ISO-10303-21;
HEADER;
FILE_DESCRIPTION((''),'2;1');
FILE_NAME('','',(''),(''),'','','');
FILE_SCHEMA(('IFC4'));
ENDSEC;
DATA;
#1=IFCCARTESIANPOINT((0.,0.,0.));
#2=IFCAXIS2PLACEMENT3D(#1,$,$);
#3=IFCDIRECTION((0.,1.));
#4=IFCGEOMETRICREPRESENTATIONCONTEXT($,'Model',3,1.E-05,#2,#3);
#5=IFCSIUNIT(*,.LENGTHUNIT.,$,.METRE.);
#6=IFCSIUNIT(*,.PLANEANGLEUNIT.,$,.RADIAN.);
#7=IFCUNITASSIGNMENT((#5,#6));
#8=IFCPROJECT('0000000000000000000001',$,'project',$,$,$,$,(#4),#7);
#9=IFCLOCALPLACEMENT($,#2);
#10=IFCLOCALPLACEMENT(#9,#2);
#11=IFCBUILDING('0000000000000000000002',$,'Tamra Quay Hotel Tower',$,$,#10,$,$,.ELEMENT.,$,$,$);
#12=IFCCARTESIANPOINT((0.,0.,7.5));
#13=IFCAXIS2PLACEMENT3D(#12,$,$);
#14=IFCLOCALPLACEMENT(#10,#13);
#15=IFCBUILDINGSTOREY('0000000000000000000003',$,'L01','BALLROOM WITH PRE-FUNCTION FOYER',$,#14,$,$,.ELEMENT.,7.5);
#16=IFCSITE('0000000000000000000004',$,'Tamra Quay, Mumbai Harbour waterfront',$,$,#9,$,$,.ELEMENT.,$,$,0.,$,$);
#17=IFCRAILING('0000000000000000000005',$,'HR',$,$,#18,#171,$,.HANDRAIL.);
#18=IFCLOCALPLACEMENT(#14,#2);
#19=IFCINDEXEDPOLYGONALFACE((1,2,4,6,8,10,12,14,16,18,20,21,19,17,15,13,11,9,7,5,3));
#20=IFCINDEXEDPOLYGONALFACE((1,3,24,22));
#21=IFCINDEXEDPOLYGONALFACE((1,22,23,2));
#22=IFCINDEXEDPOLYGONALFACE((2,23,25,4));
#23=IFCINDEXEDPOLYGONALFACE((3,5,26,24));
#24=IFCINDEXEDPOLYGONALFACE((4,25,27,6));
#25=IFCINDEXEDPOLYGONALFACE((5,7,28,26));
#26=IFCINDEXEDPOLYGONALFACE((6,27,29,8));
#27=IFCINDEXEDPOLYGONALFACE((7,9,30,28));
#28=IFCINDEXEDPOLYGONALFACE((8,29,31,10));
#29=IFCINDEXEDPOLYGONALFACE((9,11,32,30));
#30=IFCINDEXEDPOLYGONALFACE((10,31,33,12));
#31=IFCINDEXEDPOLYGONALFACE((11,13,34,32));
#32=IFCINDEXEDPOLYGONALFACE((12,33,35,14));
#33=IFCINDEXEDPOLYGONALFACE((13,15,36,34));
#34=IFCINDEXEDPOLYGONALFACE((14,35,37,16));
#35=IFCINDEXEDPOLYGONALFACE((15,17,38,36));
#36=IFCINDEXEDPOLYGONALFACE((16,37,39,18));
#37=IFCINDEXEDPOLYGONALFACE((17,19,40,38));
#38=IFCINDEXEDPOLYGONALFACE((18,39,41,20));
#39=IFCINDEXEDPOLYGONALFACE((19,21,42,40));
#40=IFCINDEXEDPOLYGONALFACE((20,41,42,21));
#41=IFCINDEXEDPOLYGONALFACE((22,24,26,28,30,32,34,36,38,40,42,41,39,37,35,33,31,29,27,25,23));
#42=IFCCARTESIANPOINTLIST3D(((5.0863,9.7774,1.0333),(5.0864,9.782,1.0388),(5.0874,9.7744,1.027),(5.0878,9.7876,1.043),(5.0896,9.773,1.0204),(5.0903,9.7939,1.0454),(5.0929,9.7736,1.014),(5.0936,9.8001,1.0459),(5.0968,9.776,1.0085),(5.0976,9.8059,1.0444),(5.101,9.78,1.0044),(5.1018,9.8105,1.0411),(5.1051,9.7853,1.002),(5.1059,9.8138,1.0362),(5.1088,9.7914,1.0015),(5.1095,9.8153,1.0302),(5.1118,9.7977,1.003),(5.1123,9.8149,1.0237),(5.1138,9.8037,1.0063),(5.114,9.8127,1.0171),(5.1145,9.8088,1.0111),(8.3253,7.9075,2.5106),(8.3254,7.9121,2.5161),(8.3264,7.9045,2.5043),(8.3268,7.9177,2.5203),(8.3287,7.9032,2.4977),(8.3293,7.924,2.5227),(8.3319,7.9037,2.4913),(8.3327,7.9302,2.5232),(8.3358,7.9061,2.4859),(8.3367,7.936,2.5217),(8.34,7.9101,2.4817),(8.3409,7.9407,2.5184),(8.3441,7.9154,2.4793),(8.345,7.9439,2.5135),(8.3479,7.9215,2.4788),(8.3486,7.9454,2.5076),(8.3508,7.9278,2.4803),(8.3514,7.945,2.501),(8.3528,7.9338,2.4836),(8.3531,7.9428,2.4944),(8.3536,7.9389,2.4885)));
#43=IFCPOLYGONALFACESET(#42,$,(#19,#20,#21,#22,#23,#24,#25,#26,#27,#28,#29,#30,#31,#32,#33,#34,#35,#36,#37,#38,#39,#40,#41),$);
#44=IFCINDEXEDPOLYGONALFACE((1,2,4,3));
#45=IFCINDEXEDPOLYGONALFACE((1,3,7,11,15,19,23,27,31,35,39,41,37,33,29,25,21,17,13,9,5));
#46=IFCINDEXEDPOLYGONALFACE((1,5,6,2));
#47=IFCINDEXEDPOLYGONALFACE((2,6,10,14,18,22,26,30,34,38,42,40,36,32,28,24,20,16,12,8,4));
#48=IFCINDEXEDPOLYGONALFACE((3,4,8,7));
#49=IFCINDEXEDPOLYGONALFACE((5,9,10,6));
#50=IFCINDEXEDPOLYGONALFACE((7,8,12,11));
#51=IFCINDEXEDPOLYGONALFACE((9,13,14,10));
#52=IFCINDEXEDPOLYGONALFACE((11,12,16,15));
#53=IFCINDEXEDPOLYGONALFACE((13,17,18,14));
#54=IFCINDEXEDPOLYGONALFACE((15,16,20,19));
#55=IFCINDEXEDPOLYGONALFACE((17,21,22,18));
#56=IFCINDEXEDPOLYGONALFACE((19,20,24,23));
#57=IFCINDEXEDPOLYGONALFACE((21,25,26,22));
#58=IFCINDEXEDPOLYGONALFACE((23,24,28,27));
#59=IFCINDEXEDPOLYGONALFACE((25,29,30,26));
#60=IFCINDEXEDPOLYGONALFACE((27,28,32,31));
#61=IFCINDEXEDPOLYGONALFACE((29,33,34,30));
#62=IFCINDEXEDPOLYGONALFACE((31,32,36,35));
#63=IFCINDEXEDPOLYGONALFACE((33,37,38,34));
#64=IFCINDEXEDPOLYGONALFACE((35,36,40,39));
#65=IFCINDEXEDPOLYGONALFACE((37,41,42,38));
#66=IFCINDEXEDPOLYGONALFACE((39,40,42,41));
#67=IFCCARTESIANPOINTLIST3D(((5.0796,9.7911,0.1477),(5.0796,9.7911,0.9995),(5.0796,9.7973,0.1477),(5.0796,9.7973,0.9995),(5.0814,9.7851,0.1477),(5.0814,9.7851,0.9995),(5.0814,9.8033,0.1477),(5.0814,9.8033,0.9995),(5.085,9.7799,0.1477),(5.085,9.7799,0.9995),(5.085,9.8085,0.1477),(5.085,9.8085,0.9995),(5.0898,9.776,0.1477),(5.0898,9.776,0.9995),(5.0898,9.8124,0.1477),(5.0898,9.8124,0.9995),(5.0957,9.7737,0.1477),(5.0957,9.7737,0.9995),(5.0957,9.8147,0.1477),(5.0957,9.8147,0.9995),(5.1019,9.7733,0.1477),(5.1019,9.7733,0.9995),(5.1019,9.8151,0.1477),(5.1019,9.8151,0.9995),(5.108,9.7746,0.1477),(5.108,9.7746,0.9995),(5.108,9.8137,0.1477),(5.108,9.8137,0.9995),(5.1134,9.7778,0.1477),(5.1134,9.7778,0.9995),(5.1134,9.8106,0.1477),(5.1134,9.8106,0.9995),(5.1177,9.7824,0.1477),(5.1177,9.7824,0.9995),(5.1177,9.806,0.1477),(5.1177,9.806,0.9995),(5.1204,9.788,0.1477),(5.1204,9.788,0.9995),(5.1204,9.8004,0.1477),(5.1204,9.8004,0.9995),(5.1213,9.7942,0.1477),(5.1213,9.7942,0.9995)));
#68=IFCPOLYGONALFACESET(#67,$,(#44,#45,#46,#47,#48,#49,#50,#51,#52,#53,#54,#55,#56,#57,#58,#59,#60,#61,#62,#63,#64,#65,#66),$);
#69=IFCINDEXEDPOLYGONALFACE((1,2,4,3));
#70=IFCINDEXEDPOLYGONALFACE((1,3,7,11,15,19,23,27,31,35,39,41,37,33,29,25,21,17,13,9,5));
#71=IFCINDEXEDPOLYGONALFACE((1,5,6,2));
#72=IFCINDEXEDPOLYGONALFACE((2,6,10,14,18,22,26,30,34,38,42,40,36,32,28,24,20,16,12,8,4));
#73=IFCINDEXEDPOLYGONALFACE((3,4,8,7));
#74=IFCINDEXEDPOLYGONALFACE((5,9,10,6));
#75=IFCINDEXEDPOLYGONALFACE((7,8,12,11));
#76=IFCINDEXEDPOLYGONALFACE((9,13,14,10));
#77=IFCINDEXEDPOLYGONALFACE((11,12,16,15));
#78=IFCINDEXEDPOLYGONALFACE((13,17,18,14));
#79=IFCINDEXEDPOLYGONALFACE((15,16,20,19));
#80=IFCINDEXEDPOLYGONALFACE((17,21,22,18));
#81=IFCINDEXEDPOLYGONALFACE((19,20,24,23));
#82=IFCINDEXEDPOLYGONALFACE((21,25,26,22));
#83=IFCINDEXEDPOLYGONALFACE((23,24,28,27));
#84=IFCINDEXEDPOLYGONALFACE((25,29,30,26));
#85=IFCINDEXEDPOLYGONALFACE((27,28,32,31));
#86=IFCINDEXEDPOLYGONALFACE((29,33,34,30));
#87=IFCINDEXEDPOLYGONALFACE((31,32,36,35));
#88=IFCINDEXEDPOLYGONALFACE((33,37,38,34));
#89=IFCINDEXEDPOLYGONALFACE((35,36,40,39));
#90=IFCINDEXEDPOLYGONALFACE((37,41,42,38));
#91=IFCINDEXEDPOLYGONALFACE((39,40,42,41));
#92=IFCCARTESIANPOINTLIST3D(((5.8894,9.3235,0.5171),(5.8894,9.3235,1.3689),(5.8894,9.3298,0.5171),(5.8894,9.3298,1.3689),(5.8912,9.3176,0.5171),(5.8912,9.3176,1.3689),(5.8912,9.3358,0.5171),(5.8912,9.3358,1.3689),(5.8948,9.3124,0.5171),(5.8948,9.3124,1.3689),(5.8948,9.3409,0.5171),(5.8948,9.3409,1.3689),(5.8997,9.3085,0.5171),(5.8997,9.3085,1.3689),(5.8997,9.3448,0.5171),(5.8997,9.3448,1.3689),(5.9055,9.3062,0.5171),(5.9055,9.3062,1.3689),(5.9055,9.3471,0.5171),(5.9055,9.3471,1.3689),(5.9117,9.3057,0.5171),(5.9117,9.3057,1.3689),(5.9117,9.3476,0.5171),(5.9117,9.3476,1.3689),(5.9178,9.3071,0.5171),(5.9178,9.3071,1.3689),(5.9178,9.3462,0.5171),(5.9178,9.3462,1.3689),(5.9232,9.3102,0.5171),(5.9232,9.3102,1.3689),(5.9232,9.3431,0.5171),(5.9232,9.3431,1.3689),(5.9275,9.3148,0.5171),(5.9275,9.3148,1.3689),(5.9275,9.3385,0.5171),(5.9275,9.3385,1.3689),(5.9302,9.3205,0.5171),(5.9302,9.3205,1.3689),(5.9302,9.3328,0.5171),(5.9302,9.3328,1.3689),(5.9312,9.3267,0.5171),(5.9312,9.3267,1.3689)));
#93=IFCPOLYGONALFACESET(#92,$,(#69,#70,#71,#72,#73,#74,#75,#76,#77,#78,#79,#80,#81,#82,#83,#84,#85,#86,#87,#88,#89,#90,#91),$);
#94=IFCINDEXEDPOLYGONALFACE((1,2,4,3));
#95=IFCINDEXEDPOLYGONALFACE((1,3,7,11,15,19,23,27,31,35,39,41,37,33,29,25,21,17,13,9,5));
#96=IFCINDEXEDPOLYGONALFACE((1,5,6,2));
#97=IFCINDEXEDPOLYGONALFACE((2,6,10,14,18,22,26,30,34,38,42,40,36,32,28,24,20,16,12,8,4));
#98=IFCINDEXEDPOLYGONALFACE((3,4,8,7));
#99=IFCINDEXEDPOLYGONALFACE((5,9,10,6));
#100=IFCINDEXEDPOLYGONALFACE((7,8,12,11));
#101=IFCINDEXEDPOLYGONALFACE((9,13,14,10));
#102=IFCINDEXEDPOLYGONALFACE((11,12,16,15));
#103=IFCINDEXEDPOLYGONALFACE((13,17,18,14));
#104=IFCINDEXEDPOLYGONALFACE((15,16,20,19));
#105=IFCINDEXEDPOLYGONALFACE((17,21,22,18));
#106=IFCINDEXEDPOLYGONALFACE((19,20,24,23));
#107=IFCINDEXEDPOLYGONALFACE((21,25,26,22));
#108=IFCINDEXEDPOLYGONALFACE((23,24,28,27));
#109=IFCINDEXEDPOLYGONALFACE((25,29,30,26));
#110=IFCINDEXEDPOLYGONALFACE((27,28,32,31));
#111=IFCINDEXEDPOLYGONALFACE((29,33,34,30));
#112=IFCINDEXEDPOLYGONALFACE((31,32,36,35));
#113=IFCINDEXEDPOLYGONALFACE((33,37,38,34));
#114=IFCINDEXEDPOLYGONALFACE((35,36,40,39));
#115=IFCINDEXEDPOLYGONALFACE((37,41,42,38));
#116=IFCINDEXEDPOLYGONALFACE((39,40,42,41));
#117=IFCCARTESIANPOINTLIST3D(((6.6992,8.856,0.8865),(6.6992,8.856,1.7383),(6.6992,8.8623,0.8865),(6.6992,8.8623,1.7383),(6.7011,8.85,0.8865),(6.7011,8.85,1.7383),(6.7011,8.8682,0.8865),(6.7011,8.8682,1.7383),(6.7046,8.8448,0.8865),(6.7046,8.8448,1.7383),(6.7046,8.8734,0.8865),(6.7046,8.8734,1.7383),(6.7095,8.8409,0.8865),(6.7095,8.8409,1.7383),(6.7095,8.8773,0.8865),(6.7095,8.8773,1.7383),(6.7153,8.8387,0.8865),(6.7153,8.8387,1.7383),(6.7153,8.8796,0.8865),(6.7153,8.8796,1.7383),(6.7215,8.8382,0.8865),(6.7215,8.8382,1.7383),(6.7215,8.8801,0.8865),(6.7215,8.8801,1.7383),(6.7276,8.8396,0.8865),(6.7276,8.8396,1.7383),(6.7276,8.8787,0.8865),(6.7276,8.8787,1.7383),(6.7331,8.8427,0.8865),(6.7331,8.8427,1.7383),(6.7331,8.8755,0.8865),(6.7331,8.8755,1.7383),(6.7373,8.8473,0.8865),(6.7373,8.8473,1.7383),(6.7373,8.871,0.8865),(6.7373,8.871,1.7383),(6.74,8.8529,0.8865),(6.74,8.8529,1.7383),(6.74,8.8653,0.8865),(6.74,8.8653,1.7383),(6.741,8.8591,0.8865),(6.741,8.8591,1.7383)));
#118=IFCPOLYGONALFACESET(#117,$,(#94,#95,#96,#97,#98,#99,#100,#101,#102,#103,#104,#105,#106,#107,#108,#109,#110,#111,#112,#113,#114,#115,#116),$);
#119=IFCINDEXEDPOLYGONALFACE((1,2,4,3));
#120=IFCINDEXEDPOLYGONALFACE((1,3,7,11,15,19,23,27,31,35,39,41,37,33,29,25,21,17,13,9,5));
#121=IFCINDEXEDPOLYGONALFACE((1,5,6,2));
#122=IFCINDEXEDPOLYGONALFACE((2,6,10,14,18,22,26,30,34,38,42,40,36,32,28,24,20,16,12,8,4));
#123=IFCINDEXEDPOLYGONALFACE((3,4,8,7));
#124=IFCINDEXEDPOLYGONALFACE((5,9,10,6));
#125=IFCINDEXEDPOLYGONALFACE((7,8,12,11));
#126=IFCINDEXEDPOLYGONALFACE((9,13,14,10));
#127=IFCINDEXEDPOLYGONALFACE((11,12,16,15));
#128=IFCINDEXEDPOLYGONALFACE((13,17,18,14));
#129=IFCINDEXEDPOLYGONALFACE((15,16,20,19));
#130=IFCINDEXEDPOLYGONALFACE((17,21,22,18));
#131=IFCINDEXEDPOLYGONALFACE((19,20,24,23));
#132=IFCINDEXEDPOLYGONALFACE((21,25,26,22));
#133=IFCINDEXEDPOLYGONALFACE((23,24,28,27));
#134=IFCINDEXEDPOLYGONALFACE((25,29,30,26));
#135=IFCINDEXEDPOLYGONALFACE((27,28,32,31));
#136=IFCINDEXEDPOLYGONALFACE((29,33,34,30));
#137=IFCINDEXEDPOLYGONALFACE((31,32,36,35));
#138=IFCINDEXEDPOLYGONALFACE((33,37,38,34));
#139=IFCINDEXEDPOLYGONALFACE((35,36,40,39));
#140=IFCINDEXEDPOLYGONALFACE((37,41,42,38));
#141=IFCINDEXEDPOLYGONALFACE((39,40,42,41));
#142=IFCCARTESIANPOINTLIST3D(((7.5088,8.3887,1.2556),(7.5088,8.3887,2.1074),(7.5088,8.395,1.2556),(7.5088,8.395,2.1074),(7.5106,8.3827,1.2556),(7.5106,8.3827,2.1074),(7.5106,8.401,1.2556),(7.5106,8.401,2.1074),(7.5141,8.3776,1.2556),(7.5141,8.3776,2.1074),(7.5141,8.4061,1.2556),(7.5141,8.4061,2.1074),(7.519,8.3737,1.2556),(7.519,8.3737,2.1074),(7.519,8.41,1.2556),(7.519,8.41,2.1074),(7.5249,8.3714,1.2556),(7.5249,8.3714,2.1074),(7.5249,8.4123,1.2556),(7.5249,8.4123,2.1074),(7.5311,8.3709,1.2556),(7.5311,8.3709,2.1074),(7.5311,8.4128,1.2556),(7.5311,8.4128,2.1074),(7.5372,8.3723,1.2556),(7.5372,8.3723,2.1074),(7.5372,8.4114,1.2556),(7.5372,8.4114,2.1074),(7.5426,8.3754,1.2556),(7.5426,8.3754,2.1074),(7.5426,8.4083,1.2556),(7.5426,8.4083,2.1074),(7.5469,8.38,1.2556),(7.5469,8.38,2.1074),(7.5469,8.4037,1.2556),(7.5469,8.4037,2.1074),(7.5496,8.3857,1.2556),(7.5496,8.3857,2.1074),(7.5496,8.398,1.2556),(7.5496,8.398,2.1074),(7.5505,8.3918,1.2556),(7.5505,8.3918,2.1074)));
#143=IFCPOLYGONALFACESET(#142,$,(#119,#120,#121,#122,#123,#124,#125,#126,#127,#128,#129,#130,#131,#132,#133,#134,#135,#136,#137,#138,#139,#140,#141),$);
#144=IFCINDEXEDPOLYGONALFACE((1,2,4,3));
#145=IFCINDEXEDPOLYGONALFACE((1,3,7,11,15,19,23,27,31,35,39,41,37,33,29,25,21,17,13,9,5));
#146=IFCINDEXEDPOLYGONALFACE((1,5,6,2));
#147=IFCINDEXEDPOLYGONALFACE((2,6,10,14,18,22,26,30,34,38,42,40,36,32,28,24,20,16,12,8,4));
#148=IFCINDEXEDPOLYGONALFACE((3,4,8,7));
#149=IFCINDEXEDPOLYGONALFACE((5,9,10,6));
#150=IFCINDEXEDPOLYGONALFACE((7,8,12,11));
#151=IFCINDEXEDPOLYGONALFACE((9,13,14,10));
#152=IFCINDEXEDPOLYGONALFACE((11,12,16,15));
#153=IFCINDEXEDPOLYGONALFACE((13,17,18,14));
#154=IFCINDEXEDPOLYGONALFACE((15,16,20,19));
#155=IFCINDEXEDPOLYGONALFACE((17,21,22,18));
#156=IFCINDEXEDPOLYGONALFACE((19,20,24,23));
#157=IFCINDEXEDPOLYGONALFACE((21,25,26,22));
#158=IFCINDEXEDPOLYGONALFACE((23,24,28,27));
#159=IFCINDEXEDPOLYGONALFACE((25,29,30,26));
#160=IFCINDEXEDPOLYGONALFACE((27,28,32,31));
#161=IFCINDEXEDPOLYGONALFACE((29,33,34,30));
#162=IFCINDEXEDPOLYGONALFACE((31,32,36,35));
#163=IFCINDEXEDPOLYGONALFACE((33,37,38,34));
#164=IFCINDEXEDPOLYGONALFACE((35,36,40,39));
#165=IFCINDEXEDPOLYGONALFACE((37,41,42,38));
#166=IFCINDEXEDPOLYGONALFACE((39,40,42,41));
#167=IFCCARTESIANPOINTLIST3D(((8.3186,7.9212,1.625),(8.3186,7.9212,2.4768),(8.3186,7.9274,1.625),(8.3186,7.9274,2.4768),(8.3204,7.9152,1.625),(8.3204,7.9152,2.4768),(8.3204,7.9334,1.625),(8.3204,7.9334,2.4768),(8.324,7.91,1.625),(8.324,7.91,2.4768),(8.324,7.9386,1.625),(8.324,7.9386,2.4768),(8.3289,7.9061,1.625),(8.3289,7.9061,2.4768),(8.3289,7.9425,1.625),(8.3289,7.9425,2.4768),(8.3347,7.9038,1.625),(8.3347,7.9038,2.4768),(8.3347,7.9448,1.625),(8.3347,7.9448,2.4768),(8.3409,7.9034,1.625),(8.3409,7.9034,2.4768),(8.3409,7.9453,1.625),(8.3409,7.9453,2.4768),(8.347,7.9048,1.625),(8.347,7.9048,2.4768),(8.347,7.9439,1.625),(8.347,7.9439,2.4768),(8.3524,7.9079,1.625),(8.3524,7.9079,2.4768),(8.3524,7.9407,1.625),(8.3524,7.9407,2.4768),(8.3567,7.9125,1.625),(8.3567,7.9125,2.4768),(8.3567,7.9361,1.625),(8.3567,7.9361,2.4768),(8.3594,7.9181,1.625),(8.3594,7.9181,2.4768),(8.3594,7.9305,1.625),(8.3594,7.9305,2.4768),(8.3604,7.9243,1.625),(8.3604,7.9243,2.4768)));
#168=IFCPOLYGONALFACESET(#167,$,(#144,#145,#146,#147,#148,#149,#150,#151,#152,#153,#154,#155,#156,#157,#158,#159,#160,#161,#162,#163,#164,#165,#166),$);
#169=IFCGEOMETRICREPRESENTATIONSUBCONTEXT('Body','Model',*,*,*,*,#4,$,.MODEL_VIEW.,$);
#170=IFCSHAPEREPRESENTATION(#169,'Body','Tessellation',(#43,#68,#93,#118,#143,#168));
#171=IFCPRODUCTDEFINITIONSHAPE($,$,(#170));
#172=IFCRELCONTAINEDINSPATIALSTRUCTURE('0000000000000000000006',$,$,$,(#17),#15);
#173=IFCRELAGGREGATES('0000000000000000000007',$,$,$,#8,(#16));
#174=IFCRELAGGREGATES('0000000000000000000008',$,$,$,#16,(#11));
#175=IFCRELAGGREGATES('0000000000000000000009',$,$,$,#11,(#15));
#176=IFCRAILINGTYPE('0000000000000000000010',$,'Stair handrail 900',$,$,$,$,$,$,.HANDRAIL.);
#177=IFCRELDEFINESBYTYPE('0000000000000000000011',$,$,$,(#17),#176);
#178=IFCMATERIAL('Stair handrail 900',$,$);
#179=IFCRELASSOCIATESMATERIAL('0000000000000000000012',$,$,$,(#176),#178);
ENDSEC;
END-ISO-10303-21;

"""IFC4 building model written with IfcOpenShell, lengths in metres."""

from ifc_helpers import new_model, si_unit, direction, frame, origin, origin_2d, place, context, subcontext, project, spatial, circle, extrude, material, type_object, element, save


model = new_model("IFC4")

# Units and contexts
model_context = context("Model", 3, precision=1e-05, world=origin(), true_north=direction((0.0, 1.0)))
body_context = subcontext(model_context, "Body", "Model", "MODEL_VIEW")
ifc_project = project(units=[si_unit("LENGTHUNIT", "METRE"), si_unit("PLANEANGLEUNIT", "RADIAN")], contexts=[model_context])

# Site, building, storey
site_placement = place(None, origin())
site = spatial("IfcSite", under=ifc_project, at=site_placement, Name="Tamra Quay, Mumbai Harbour waterfront", CompositionType="ELEMENT", RefElevation=0.0)
building_placement = place(site_placement, origin())
building = spatial("IfcBuilding", under=site, at=building_placement, Name="Tamra Quay Hotel Tower", CompositionType="ELEMENT")
storey_placement = place(building_placement, frame((0.0, 0.0, 7.5)))
storey = spatial("IfcBuildingStorey", under=building, at=storey_placement, Name="L01", Description="BALLROOM WITH PRE-FUNCTION FOYER", CompositionType="ELEMENT", Elevation=7.5)

# Railing
ifc_material_1 = material(Name="Stair handrail 900")
railing_type_1 = type_object("IfcRailingType", Name="Stair handrail 900", PredefinedType="HANDRAIL", material=ifc_material_1)
for number, where, name in (
    (1, (5.1003, 9.7942, 0.1477), "HR"),
):
    element("IfcRailing", number, at=place(storey_placement, frame(where)), inside=storey, type_object=railing_type_1, Name=name, PredefinedType="HANDRAIL", context=body_context, shape_type="SweptSolid", body=[
        extrude(circle(Radius=0.0239, at=origin_2d()), frame((0.0, 0.0, 0.876), z_axis=(0.805485, -0.465004, 0.367377), x_axis=(0.499965, 0.866045, 0.0)), (0.0, 0.0, 1.0), 4.0212),
        extrude(circle(Radius=0.021, at=origin_2d()), origin(), (0.0, 0.0, 1.0), 0.8518),
        extrude(circle(Radius=0.021, at=origin_2d()), frame((0.8098, -0.4675, 0.3694)), (0.0, 0.0, 1.0), 0.8518),
        extrude(circle(Radius=0.021, at=origin_2d()), frame((1.6196, -0.9351, 0.7388)), (0.0, 0.0, 1.0), 0.8518),
        extrude(circle(Radius=0.021, at=origin_2d()), frame((2.4292, -1.4023, 1.1079)), (0.0, 0.0, 1.0), 0.8518),
        extrude(circle(Radius=0.021, at=origin_2d()), frame((3.239, -1.8699, 1.4773)), (0.0, 0.0, 1.0), 0.8518),
    ])

save(model, "model.ifc")
